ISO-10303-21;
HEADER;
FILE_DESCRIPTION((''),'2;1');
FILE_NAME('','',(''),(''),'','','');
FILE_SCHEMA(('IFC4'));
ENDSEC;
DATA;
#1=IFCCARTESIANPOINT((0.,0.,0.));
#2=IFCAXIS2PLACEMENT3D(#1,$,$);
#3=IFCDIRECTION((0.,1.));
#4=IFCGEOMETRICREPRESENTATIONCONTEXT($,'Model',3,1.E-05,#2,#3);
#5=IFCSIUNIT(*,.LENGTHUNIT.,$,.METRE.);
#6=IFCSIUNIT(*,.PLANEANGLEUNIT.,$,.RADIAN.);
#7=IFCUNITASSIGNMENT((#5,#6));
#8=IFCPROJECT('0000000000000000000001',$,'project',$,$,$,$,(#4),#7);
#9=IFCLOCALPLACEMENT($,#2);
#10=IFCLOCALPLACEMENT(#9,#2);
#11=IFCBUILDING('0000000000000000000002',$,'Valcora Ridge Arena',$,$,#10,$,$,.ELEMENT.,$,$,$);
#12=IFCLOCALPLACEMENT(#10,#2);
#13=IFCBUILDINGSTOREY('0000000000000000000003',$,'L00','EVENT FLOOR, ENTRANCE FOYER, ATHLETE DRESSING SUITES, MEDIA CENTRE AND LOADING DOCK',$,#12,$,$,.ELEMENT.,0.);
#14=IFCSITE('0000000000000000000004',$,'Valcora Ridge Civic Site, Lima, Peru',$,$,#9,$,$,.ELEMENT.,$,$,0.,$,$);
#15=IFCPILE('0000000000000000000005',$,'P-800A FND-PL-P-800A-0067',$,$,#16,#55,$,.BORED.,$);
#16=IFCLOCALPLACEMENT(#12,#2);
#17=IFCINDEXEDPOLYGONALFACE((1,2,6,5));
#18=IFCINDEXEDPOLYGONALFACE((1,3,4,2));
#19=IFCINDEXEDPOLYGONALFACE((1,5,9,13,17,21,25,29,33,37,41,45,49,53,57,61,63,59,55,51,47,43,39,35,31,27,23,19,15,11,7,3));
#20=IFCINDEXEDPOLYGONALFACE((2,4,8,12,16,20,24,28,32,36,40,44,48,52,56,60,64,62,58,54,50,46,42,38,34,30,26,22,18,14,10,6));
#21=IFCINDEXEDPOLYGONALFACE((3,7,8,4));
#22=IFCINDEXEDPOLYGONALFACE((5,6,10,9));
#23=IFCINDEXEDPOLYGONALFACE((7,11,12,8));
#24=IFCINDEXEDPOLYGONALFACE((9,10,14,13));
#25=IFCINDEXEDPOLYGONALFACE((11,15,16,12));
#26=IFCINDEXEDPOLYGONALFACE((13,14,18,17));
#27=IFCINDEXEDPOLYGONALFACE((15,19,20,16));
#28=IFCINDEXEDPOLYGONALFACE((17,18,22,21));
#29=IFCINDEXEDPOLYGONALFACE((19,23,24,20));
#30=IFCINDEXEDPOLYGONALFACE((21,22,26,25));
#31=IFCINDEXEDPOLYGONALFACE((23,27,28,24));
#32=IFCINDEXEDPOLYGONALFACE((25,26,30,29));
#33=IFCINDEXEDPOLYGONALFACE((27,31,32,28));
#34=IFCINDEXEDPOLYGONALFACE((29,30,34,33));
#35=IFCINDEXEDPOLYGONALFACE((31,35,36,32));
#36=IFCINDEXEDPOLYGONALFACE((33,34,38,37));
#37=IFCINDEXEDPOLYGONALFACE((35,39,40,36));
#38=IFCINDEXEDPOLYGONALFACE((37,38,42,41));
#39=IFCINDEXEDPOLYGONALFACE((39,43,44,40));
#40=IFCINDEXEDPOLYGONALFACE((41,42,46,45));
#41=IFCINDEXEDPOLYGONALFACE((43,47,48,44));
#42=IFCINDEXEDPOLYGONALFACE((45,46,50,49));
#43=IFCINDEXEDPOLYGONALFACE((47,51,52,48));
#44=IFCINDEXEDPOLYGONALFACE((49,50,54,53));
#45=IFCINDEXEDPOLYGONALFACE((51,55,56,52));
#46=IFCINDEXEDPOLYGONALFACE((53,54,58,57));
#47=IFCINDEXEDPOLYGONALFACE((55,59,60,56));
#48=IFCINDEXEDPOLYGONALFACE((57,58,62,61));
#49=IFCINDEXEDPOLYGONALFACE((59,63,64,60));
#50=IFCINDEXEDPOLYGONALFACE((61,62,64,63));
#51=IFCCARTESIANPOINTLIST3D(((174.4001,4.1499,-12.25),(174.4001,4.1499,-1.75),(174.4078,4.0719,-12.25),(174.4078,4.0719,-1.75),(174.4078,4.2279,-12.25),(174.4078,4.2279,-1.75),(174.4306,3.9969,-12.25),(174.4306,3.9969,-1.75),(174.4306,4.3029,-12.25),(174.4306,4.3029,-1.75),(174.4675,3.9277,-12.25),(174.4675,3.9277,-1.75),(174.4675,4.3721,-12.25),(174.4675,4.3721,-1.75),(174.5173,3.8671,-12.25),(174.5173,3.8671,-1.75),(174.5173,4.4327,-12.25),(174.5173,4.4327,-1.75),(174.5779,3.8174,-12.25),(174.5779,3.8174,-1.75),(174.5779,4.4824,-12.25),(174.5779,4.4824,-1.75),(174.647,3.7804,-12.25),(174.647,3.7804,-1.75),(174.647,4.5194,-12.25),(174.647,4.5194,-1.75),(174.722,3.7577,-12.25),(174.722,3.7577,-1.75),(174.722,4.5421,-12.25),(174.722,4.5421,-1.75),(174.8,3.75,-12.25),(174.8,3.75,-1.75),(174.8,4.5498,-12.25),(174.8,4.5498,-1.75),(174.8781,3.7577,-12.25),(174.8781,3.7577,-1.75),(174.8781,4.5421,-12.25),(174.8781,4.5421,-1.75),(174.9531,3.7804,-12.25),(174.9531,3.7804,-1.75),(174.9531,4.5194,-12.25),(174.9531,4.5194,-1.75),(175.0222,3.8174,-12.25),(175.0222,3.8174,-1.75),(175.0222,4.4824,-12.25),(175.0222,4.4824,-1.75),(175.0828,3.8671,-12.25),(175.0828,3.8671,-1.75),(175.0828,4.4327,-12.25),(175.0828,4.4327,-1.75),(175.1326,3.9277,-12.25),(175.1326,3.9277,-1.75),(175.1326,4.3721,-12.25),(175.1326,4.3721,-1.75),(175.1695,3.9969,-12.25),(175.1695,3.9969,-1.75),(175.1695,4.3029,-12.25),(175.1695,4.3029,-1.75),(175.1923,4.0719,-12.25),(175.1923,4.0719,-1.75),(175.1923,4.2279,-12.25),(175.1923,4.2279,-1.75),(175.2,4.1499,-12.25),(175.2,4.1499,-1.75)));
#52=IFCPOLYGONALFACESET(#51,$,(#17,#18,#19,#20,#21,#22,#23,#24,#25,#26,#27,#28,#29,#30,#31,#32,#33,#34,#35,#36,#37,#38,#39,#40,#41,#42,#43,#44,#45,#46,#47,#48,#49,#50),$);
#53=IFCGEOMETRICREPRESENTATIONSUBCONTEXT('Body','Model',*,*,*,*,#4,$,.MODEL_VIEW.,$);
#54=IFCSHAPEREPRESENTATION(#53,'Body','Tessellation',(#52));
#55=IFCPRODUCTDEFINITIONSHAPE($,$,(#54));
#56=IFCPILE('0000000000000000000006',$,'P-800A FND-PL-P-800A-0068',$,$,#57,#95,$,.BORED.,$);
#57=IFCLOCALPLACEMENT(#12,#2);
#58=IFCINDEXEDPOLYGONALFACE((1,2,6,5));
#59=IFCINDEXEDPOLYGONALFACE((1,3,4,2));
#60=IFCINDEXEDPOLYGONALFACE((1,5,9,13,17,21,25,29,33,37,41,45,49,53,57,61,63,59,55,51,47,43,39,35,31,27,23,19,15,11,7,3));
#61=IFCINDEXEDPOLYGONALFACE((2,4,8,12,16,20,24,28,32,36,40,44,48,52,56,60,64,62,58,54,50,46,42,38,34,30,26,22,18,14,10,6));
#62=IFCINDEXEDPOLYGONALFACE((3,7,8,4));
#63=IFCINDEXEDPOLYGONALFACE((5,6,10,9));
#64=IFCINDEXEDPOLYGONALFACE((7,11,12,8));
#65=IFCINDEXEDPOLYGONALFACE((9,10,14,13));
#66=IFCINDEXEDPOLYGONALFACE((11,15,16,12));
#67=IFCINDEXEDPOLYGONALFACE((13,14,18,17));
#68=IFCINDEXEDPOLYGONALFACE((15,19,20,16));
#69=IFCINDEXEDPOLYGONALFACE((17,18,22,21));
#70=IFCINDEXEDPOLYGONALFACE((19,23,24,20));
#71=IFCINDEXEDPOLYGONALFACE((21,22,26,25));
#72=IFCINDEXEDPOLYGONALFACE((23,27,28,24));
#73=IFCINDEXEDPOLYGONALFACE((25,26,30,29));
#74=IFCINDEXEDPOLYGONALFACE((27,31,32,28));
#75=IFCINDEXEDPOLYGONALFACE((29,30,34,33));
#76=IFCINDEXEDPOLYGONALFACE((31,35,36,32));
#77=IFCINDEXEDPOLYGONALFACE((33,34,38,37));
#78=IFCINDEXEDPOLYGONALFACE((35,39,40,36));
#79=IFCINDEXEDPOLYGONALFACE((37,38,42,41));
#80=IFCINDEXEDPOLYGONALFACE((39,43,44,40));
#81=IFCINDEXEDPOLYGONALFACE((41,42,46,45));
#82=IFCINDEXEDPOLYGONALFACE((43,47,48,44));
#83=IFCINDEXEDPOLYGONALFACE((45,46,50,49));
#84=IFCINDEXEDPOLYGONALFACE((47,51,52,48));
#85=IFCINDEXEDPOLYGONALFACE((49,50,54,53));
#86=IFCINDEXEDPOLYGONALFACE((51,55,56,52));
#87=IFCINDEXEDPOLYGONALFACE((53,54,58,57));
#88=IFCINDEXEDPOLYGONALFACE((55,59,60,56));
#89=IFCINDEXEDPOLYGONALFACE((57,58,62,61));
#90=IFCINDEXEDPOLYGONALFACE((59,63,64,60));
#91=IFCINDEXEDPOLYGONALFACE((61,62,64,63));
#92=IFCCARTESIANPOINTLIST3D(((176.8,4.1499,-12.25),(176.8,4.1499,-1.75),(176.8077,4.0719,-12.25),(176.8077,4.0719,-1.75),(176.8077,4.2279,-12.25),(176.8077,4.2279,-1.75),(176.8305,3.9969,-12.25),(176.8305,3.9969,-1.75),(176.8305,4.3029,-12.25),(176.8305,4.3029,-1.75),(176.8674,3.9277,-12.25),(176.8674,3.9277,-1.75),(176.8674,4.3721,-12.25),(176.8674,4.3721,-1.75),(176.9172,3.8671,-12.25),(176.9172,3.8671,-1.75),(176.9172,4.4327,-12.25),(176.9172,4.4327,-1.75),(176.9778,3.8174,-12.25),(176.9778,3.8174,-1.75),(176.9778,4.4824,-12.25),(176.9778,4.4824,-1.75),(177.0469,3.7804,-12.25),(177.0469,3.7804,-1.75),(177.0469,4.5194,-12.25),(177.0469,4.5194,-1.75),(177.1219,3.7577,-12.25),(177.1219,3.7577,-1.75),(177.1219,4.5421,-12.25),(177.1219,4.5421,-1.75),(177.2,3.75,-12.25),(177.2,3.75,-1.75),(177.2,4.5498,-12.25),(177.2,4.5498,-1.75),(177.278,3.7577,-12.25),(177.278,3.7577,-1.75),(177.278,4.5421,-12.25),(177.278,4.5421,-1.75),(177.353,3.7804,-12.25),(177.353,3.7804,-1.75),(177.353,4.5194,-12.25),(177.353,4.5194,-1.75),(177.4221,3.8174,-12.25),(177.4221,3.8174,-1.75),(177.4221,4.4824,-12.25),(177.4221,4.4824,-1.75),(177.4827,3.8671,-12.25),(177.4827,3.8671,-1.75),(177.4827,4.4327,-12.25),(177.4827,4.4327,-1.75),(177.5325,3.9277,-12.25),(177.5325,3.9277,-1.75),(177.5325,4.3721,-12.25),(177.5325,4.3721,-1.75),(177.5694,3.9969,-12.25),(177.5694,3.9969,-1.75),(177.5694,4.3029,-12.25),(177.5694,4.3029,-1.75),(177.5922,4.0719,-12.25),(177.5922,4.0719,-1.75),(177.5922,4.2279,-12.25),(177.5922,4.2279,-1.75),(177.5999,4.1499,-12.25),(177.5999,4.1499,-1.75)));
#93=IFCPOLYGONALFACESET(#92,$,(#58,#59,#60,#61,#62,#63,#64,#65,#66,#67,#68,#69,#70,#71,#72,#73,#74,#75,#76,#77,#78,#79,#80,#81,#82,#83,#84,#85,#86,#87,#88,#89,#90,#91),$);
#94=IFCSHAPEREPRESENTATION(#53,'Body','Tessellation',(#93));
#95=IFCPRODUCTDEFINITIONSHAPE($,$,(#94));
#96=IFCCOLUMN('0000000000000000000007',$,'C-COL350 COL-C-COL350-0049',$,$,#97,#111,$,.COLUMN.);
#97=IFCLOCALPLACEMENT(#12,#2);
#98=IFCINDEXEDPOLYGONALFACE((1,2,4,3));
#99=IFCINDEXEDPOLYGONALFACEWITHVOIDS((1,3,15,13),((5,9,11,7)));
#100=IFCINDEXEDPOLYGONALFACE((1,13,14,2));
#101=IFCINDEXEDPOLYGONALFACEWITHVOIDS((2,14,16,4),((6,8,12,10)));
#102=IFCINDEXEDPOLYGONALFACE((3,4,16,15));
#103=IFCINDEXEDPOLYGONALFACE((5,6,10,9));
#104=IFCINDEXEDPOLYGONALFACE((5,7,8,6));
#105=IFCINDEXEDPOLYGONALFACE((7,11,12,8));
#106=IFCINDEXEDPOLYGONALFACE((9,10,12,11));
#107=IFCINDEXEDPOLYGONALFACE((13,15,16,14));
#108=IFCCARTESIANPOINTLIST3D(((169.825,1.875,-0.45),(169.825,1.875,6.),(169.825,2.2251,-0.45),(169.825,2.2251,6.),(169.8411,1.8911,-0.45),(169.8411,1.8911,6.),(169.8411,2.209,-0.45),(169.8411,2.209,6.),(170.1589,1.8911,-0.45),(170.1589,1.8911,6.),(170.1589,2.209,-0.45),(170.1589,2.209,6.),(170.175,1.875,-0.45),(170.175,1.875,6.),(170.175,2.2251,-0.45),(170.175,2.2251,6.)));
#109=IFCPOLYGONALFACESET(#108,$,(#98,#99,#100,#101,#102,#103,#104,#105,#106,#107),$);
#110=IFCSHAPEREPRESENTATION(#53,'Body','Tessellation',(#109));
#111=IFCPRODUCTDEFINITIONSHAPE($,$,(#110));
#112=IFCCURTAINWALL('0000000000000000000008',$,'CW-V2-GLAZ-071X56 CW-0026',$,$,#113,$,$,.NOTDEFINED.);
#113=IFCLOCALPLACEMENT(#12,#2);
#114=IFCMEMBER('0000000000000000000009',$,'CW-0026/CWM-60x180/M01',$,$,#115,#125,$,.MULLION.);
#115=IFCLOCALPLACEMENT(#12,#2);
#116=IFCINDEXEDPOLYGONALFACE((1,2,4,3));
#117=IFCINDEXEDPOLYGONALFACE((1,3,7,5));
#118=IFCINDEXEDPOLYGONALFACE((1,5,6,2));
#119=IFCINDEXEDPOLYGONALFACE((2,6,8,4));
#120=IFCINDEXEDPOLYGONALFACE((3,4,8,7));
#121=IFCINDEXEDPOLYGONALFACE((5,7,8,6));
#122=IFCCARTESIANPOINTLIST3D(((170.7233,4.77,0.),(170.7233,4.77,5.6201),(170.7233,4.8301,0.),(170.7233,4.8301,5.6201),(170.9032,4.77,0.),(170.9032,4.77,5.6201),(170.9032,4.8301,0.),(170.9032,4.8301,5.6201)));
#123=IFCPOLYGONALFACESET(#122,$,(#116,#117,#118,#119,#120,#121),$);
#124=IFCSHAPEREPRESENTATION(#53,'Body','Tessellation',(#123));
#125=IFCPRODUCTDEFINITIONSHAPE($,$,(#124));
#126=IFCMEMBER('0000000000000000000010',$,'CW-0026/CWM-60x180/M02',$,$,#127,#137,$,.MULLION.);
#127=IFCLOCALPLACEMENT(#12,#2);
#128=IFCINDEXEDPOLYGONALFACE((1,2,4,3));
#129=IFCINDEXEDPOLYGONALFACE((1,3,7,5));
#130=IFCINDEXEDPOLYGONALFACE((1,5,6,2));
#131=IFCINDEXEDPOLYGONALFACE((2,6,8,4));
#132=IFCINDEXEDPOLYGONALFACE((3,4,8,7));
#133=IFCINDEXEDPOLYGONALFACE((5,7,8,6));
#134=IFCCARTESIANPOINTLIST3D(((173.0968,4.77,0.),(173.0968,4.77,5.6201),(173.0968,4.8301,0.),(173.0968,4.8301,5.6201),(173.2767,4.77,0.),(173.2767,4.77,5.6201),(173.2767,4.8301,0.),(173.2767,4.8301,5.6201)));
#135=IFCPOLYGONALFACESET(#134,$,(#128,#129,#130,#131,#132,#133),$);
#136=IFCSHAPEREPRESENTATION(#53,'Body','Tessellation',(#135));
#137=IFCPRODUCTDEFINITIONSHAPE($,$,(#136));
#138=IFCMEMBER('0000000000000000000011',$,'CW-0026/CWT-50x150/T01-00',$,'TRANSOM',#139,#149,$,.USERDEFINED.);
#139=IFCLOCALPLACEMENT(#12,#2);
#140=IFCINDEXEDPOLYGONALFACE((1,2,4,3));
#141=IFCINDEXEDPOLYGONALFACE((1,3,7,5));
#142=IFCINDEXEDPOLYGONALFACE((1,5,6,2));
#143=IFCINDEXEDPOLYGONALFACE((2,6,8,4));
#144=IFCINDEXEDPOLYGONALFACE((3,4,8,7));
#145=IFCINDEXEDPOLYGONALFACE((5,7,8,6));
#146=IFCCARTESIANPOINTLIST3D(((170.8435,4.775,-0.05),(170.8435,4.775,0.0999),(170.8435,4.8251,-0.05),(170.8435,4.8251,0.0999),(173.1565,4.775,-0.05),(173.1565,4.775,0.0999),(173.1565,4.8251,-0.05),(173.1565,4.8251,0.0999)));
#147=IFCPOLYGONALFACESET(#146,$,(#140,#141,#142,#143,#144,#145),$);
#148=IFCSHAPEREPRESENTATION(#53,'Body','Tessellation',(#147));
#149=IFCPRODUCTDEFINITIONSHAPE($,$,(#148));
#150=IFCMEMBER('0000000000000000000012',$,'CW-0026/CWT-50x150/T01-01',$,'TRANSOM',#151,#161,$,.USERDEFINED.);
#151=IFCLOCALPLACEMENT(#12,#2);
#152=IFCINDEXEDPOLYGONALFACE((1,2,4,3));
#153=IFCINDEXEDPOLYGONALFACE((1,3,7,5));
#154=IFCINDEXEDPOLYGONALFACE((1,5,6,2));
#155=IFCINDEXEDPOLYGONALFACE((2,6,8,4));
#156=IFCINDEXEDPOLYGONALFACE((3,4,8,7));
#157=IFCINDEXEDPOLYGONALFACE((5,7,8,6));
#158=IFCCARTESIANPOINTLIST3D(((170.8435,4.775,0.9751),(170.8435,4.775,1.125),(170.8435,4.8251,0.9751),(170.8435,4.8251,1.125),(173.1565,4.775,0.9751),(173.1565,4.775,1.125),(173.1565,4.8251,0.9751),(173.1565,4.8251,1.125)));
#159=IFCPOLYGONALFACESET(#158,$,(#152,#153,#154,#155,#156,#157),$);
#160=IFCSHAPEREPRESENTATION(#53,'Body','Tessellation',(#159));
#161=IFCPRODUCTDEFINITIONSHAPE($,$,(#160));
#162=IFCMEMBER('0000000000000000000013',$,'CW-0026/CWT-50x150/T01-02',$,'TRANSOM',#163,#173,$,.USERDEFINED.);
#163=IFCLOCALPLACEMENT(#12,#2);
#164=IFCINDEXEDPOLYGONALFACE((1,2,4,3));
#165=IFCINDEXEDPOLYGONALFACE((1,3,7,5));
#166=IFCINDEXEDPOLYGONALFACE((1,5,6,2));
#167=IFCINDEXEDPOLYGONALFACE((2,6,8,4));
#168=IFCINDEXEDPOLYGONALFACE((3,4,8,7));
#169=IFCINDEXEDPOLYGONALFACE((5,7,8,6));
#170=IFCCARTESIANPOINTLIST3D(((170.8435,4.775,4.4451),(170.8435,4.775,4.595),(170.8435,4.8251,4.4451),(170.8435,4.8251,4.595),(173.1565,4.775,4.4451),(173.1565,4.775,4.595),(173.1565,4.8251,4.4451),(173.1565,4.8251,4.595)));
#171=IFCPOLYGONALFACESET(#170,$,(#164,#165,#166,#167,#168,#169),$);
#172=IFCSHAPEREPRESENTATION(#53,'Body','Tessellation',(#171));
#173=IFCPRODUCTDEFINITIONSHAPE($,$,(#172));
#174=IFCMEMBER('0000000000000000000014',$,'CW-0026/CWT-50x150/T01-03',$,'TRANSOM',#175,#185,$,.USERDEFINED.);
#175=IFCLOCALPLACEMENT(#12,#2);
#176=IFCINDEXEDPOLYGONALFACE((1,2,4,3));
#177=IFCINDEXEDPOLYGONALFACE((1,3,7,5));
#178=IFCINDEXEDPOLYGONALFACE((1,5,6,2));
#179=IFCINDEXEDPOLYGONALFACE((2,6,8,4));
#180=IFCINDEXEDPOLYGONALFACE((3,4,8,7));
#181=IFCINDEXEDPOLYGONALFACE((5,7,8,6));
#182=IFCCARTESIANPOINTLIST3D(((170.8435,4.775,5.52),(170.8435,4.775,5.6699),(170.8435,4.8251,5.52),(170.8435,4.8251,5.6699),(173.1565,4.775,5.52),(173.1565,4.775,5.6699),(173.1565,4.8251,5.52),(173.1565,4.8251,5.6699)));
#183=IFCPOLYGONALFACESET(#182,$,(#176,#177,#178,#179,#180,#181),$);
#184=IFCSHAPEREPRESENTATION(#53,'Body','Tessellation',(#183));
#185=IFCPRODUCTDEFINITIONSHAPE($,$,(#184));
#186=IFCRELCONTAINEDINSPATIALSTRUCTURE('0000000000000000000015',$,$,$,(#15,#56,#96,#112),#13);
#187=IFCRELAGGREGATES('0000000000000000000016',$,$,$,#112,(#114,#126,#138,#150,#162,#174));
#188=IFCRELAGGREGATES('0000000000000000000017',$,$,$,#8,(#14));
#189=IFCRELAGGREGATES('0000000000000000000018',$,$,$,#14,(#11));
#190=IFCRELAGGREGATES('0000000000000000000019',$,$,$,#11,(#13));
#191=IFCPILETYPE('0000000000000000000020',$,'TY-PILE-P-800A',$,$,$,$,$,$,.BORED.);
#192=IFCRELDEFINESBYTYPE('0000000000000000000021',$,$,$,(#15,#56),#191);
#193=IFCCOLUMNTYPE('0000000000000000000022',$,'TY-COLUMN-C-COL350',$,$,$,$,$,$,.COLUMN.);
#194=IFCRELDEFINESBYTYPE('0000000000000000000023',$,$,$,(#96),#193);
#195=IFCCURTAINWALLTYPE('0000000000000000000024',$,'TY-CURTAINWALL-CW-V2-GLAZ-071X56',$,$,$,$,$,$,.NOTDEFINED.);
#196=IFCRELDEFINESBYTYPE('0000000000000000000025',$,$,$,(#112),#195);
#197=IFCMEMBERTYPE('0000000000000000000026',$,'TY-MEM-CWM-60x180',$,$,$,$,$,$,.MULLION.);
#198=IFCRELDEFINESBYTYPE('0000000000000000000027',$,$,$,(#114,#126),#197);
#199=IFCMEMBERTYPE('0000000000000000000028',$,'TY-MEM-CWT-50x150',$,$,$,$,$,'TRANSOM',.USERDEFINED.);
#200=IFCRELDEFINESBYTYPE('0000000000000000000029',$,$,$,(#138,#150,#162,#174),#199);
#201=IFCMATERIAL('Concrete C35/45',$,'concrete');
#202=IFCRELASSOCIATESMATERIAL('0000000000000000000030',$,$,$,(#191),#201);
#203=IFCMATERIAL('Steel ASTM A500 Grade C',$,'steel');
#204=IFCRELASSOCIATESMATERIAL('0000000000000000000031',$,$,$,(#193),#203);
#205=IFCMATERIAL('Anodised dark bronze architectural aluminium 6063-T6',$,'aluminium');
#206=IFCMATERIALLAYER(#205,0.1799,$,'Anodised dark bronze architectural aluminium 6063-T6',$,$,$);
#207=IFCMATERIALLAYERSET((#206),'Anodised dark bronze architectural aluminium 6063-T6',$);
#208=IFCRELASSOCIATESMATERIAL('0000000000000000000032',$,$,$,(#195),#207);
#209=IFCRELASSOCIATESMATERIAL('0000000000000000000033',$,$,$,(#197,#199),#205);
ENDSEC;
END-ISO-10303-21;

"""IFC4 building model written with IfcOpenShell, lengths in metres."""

from ifc_helpers import new_model, si_unit, direction, frame, origin, origin_2d, place, context, subcontext, project, spatial, rectangle, hollow_rectangle, circle, extrude, material, layer, layer_set, material_profile, profile_set, type_object, element, aggregate, save


model = new_model("IFC4")

# Units and contexts
model_context = context("Model", 3, precision=1e-05, world=origin(), true_north=direction((0.0, 1.0)))
body_context = subcontext(model_context, "Body", "Model", "MODEL_VIEW")
ifc_project = project(units=[si_unit("LENGTHUNIT", "METRE"), si_unit("PLANEANGLEUNIT", "RADIAN")], contexts=[model_context])

# Site, building, storey
site_placement = place(None, origin())
site = spatial("IfcSite", under=ifc_project, at=site_placement, Name="Valcora Ridge Civic Site, Lima, Peru", CompositionType="ELEMENT", RefElevation=0.0)
building_placement = place(site_placement, origin())
building = spatial("IfcBuilding", under=site, at=building_placement, Name="Valcora Ridge Arena", CompositionType="ELEMENT")
storey_placement = place(building_placement, origin())
storey = spatial("IfcBuildingStorey", under=building, at=storey_placement, Name="L00", Description="EVENT FLOOR, ENTRANCE FOYER, ATHLETE DRESSING SUITES, MEDIA CENTRE AND LOADING DOCK", CompositionType="ELEMENT", Elevation=0.0)

# Piles
ifc_material_1 = material(Name="Concrete C35/45", Category="concrete")
ifc_material_profile_1 = material_profile(ifc_material_1, circle(Radius=0.3999, at=origin_2d()), Name="BORED PILE D800")
ifc_profile_set_1 = profile_set([ifc_material_profile_1], Name="Concrete C35/45")
pile_type = type_object("IfcPileType", Name="TY-PILE-P-800A", PredefinedType="BORED", material=ifc_profile_set_1)
for number, where, z_axis, x_axis, name in (
    (1, (174.8, 4.1499, -1.75), (0.0, 0.0, -1.0), (1.0, 0.0, 0.0), "P-800A FND-PL-P-800A-0067"),
    (2, (177.2, 4.1499, -1.75), (0.0, 0.0, -1.0), (1.0, 0.0, 0.0), "P-800A FND-PL-P-800A-0068"),
):
    element("IfcPile", number, at=place(storey_placement, frame(where, z_axis=z_axis, x_axis=x_axis)), inside=storey, type_object=pile_type, Name=name, PredefinedType="BORED", context=body_context, shape_type="SweptSolid", body=[
        extrude(circle(Radius=0.3999, at=origin_2d()), origin(), (0.0, 0.0, 1.0), 10.5),
    ])

# Column
ifc_material_2 = material(Name="Steel ASTM A500 Grade C", Category="steel")
ifc_material_profile_2 = material_profile(ifc_material_2, hollow_rectangle(XDim=0.3501, YDim=0.3501, WallThickness=0.0161, at=origin_2d()), Name="HSS350X350X16")
ifc_profile_set_2 = profile_set([ifc_material_profile_2], Name="Steel ASTM A500 Grade C")
column_type = type_object("IfcColumnType", Name="TY-COLUMN-C-COL350", PredefinedType="COLUMN", material=ifc_profile_set_2)
column_placement = place(storey_placement, frame((170.0, 2.05, -0.45), z_axis=(0.0, 0.0, 1.0), x_axis=(1.0, 0.0, 0.0)))
element("IfcColumn", 3, at=column_placement, inside=storey, type_object=column_type, Name="C-COL350 COL-C-COL350-0049", PredefinedType="COLUMN", context=body_context, shape_type="SweptSolid", body=[
    extrude(hollow_rectangle(XDim=0.3501, YDim=0.3501, WallThickness=0.0161, at=origin_2d()), origin(), (0.0, 0.0, 1.0), 6.45),
])

# Curtain wall, members
ifc_material_3 = material(Name="Anodised dark bronze architectural aluminium 6063-T6", Category="aluminium")
ifc_layer_1 = layer(ifc_material_3, 0.1799, Name="Anodised dark bronze architectural aluminium 6063-T6")
ifc_layer_set_1 = layer_set([ifc_layer_1], Name="Anodised dark bronze architectural aluminium 6063-T6")
curtain_wall_type = type_object("IfcCurtainWallType", Name="TY-CURTAINWALL-CW-V2-GLAZ-071X56", PredefinedType="NOTDEFINED", material=ifc_layer_set_1)
curtain_wall_placement = place(storey_placement, origin())
curtain_wall = element("IfcCurtainWall", 4, at=curtain_wall_placement, inside=storey, type_object=curtain_wall_type, Name="CW-V2-GLAZ-071X56 CW-0026", PredefinedType="NOTDEFINED")
ifc_material_profile_3 = material_profile(ifc_material_3, rectangle(XDim=0.0601, YDim=0.1799, at=origin_2d()), Name="ALU MULLION 60x180")
ifc_profile_set_3 = profile_set([ifc_material_profile_3], Name="Anodised dark bronze architectural aluminium 6063-T6")
member_type_1 = type_object("IfcMemberType", Name="TY-MEM-CWM-60x180", PredefinedType="MULLION", material=ifc_profile_set_3)
member_1_placement = place(storey_placement, frame((170.8132, 4.8, 0.0), z_axis=(0.0, 0.0, 1.0), x_axis=(0.0, 1.0, 0.0)))
member_1 = element("IfcMember", 5, at=member_1_placement, type_object=member_type_1, Name="CW-0026/CWM-60x180/M01", PredefinedType="MULLION", context=body_context, shape_type="SweptSolid", body=[
    extrude(rectangle(XDim=0.0601, YDim=0.1799, at=origin_2d()), origin(), (0.0, 0.0, 1.0), 5.6201),
])
member_2_placement = place(storey_placement, frame((173.1868, 4.8, 0.0), z_axis=(0.0, 0.0, 1.0), x_axis=(0.0, 1.0, 0.0)))
member_2 = element("IfcMember", 6, at=member_2_placement, type_object=member_type_1, Name="CW-0026/CWM-60x180/M02", PredefinedType="MULLION", context=body_context, shape_type="SweptSolid", body=[
    extrude(rectangle(XDim=0.0601, YDim=0.1799, at=origin_2d()), origin(), (0.0, 0.0, 1.0), 5.6201),
])
ifc_material_profile_4 = material_profile(ifc_material_3, rectangle(XDim=0.05, YDim=0.1499, at=origin_2d()), Name="ALU TRANSOM 50x150")
ifc_profile_set_4 = profile_set([ifc_material_profile_4], Name="Anodised dark bronze architectural aluminium 6063-T6")
member_type_2 = type_object("IfcMemberType", Name="TY-MEM-CWT-50x150", ElementType="TRANSOM", PredefinedType="USERDEFINED", material=ifc_profile_set_4)
member_3_placement = place(storey_placement, frame((170.8435, 4.8, 0.0249), z_axis=(1.0, 0.0, 0.0), x_axis=(0.0, 1.0, 0.0)))
member_3 = element("IfcMember", 7, at=member_3_placement, type_object=member_type_2, Name="CW-0026/CWT-50x150/T01-00", ObjectType="TRANSOM", PredefinedType="USERDEFINED", context=body_context, shape_type="SweptSolid", body=[
    extrude(rectangle(XDim=0.05, YDim=0.1499, at=origin_2d()), origin(), (0.0, 0.0, 1.0), 2.313),
])
member_4_placement = place(storey_placement, frame((170.8435, 4.8, 1.05), z_axis=(1.0, 0.0, 0.0), x_axis=(0.0, 1.0, 0.0)))
member_4 = element("IfcMember", 8, at=member_4_placement, type_object=member_type_2, Name="CW-0026/CWT-50x150/T01-01", ObjectType="TRANSOM", PredefinedType="USERDEFINED", context=body_context, shape_type="SweptSolid", body=[
    extrude(rectangle(XDim=0.05, YDim=0.1499, at=origin_2d()), origin(), (0.0, 0.0, 1.0), 2.313),
])
member_5_placement = place(storey_placement, frame((170.8435, 4.8, 4.52), z_axis=(1.0, 0.0, 0.0), x_axis=(0.0, 1.0, 0.0)))
member_5 = element("IfcMember", 9, at=member_5_placement, type_object=member_type_2, Name="CW-0026/CWT-50x150/T01-02", ObjectType="TRANSOM", PredefinedType="USERDEFINED", context=body_context, shape_type="SweptSolid", body=[
    extrude(rectangle(XDim=0.05, YDim=0.1499, at=origin_2d()), origin(), (0.0, 0.0, 1.0), 2.313),
])
member_6_placement = place(storey_placement, frame((170.8435, 4.8, 5.595), z_axis=(1.0, 0.0, 0.0), x_axis=(0.0, 1.0, 0.0)))
member_6 = element("IfcMember", 10, at=member_6_placement, type_object=member_type_2, Name="CW-0026/CWT-50x150/T01-03", ObjectType="TRANSOM", PredefinedType="USERDEFINED", context=body_context, shape_type="SweptSolid", body=[
    extrude(rectangle(XDim=0.05, YDim=0.1499, at=origin_2d()), origin(), (0.0, 0.0, 1.0), 2.313),
])
aggregate(curtain_wall, [member_1, member_2, member_3, member_4, member_5, member_6])

save(model, "model.ifc")
